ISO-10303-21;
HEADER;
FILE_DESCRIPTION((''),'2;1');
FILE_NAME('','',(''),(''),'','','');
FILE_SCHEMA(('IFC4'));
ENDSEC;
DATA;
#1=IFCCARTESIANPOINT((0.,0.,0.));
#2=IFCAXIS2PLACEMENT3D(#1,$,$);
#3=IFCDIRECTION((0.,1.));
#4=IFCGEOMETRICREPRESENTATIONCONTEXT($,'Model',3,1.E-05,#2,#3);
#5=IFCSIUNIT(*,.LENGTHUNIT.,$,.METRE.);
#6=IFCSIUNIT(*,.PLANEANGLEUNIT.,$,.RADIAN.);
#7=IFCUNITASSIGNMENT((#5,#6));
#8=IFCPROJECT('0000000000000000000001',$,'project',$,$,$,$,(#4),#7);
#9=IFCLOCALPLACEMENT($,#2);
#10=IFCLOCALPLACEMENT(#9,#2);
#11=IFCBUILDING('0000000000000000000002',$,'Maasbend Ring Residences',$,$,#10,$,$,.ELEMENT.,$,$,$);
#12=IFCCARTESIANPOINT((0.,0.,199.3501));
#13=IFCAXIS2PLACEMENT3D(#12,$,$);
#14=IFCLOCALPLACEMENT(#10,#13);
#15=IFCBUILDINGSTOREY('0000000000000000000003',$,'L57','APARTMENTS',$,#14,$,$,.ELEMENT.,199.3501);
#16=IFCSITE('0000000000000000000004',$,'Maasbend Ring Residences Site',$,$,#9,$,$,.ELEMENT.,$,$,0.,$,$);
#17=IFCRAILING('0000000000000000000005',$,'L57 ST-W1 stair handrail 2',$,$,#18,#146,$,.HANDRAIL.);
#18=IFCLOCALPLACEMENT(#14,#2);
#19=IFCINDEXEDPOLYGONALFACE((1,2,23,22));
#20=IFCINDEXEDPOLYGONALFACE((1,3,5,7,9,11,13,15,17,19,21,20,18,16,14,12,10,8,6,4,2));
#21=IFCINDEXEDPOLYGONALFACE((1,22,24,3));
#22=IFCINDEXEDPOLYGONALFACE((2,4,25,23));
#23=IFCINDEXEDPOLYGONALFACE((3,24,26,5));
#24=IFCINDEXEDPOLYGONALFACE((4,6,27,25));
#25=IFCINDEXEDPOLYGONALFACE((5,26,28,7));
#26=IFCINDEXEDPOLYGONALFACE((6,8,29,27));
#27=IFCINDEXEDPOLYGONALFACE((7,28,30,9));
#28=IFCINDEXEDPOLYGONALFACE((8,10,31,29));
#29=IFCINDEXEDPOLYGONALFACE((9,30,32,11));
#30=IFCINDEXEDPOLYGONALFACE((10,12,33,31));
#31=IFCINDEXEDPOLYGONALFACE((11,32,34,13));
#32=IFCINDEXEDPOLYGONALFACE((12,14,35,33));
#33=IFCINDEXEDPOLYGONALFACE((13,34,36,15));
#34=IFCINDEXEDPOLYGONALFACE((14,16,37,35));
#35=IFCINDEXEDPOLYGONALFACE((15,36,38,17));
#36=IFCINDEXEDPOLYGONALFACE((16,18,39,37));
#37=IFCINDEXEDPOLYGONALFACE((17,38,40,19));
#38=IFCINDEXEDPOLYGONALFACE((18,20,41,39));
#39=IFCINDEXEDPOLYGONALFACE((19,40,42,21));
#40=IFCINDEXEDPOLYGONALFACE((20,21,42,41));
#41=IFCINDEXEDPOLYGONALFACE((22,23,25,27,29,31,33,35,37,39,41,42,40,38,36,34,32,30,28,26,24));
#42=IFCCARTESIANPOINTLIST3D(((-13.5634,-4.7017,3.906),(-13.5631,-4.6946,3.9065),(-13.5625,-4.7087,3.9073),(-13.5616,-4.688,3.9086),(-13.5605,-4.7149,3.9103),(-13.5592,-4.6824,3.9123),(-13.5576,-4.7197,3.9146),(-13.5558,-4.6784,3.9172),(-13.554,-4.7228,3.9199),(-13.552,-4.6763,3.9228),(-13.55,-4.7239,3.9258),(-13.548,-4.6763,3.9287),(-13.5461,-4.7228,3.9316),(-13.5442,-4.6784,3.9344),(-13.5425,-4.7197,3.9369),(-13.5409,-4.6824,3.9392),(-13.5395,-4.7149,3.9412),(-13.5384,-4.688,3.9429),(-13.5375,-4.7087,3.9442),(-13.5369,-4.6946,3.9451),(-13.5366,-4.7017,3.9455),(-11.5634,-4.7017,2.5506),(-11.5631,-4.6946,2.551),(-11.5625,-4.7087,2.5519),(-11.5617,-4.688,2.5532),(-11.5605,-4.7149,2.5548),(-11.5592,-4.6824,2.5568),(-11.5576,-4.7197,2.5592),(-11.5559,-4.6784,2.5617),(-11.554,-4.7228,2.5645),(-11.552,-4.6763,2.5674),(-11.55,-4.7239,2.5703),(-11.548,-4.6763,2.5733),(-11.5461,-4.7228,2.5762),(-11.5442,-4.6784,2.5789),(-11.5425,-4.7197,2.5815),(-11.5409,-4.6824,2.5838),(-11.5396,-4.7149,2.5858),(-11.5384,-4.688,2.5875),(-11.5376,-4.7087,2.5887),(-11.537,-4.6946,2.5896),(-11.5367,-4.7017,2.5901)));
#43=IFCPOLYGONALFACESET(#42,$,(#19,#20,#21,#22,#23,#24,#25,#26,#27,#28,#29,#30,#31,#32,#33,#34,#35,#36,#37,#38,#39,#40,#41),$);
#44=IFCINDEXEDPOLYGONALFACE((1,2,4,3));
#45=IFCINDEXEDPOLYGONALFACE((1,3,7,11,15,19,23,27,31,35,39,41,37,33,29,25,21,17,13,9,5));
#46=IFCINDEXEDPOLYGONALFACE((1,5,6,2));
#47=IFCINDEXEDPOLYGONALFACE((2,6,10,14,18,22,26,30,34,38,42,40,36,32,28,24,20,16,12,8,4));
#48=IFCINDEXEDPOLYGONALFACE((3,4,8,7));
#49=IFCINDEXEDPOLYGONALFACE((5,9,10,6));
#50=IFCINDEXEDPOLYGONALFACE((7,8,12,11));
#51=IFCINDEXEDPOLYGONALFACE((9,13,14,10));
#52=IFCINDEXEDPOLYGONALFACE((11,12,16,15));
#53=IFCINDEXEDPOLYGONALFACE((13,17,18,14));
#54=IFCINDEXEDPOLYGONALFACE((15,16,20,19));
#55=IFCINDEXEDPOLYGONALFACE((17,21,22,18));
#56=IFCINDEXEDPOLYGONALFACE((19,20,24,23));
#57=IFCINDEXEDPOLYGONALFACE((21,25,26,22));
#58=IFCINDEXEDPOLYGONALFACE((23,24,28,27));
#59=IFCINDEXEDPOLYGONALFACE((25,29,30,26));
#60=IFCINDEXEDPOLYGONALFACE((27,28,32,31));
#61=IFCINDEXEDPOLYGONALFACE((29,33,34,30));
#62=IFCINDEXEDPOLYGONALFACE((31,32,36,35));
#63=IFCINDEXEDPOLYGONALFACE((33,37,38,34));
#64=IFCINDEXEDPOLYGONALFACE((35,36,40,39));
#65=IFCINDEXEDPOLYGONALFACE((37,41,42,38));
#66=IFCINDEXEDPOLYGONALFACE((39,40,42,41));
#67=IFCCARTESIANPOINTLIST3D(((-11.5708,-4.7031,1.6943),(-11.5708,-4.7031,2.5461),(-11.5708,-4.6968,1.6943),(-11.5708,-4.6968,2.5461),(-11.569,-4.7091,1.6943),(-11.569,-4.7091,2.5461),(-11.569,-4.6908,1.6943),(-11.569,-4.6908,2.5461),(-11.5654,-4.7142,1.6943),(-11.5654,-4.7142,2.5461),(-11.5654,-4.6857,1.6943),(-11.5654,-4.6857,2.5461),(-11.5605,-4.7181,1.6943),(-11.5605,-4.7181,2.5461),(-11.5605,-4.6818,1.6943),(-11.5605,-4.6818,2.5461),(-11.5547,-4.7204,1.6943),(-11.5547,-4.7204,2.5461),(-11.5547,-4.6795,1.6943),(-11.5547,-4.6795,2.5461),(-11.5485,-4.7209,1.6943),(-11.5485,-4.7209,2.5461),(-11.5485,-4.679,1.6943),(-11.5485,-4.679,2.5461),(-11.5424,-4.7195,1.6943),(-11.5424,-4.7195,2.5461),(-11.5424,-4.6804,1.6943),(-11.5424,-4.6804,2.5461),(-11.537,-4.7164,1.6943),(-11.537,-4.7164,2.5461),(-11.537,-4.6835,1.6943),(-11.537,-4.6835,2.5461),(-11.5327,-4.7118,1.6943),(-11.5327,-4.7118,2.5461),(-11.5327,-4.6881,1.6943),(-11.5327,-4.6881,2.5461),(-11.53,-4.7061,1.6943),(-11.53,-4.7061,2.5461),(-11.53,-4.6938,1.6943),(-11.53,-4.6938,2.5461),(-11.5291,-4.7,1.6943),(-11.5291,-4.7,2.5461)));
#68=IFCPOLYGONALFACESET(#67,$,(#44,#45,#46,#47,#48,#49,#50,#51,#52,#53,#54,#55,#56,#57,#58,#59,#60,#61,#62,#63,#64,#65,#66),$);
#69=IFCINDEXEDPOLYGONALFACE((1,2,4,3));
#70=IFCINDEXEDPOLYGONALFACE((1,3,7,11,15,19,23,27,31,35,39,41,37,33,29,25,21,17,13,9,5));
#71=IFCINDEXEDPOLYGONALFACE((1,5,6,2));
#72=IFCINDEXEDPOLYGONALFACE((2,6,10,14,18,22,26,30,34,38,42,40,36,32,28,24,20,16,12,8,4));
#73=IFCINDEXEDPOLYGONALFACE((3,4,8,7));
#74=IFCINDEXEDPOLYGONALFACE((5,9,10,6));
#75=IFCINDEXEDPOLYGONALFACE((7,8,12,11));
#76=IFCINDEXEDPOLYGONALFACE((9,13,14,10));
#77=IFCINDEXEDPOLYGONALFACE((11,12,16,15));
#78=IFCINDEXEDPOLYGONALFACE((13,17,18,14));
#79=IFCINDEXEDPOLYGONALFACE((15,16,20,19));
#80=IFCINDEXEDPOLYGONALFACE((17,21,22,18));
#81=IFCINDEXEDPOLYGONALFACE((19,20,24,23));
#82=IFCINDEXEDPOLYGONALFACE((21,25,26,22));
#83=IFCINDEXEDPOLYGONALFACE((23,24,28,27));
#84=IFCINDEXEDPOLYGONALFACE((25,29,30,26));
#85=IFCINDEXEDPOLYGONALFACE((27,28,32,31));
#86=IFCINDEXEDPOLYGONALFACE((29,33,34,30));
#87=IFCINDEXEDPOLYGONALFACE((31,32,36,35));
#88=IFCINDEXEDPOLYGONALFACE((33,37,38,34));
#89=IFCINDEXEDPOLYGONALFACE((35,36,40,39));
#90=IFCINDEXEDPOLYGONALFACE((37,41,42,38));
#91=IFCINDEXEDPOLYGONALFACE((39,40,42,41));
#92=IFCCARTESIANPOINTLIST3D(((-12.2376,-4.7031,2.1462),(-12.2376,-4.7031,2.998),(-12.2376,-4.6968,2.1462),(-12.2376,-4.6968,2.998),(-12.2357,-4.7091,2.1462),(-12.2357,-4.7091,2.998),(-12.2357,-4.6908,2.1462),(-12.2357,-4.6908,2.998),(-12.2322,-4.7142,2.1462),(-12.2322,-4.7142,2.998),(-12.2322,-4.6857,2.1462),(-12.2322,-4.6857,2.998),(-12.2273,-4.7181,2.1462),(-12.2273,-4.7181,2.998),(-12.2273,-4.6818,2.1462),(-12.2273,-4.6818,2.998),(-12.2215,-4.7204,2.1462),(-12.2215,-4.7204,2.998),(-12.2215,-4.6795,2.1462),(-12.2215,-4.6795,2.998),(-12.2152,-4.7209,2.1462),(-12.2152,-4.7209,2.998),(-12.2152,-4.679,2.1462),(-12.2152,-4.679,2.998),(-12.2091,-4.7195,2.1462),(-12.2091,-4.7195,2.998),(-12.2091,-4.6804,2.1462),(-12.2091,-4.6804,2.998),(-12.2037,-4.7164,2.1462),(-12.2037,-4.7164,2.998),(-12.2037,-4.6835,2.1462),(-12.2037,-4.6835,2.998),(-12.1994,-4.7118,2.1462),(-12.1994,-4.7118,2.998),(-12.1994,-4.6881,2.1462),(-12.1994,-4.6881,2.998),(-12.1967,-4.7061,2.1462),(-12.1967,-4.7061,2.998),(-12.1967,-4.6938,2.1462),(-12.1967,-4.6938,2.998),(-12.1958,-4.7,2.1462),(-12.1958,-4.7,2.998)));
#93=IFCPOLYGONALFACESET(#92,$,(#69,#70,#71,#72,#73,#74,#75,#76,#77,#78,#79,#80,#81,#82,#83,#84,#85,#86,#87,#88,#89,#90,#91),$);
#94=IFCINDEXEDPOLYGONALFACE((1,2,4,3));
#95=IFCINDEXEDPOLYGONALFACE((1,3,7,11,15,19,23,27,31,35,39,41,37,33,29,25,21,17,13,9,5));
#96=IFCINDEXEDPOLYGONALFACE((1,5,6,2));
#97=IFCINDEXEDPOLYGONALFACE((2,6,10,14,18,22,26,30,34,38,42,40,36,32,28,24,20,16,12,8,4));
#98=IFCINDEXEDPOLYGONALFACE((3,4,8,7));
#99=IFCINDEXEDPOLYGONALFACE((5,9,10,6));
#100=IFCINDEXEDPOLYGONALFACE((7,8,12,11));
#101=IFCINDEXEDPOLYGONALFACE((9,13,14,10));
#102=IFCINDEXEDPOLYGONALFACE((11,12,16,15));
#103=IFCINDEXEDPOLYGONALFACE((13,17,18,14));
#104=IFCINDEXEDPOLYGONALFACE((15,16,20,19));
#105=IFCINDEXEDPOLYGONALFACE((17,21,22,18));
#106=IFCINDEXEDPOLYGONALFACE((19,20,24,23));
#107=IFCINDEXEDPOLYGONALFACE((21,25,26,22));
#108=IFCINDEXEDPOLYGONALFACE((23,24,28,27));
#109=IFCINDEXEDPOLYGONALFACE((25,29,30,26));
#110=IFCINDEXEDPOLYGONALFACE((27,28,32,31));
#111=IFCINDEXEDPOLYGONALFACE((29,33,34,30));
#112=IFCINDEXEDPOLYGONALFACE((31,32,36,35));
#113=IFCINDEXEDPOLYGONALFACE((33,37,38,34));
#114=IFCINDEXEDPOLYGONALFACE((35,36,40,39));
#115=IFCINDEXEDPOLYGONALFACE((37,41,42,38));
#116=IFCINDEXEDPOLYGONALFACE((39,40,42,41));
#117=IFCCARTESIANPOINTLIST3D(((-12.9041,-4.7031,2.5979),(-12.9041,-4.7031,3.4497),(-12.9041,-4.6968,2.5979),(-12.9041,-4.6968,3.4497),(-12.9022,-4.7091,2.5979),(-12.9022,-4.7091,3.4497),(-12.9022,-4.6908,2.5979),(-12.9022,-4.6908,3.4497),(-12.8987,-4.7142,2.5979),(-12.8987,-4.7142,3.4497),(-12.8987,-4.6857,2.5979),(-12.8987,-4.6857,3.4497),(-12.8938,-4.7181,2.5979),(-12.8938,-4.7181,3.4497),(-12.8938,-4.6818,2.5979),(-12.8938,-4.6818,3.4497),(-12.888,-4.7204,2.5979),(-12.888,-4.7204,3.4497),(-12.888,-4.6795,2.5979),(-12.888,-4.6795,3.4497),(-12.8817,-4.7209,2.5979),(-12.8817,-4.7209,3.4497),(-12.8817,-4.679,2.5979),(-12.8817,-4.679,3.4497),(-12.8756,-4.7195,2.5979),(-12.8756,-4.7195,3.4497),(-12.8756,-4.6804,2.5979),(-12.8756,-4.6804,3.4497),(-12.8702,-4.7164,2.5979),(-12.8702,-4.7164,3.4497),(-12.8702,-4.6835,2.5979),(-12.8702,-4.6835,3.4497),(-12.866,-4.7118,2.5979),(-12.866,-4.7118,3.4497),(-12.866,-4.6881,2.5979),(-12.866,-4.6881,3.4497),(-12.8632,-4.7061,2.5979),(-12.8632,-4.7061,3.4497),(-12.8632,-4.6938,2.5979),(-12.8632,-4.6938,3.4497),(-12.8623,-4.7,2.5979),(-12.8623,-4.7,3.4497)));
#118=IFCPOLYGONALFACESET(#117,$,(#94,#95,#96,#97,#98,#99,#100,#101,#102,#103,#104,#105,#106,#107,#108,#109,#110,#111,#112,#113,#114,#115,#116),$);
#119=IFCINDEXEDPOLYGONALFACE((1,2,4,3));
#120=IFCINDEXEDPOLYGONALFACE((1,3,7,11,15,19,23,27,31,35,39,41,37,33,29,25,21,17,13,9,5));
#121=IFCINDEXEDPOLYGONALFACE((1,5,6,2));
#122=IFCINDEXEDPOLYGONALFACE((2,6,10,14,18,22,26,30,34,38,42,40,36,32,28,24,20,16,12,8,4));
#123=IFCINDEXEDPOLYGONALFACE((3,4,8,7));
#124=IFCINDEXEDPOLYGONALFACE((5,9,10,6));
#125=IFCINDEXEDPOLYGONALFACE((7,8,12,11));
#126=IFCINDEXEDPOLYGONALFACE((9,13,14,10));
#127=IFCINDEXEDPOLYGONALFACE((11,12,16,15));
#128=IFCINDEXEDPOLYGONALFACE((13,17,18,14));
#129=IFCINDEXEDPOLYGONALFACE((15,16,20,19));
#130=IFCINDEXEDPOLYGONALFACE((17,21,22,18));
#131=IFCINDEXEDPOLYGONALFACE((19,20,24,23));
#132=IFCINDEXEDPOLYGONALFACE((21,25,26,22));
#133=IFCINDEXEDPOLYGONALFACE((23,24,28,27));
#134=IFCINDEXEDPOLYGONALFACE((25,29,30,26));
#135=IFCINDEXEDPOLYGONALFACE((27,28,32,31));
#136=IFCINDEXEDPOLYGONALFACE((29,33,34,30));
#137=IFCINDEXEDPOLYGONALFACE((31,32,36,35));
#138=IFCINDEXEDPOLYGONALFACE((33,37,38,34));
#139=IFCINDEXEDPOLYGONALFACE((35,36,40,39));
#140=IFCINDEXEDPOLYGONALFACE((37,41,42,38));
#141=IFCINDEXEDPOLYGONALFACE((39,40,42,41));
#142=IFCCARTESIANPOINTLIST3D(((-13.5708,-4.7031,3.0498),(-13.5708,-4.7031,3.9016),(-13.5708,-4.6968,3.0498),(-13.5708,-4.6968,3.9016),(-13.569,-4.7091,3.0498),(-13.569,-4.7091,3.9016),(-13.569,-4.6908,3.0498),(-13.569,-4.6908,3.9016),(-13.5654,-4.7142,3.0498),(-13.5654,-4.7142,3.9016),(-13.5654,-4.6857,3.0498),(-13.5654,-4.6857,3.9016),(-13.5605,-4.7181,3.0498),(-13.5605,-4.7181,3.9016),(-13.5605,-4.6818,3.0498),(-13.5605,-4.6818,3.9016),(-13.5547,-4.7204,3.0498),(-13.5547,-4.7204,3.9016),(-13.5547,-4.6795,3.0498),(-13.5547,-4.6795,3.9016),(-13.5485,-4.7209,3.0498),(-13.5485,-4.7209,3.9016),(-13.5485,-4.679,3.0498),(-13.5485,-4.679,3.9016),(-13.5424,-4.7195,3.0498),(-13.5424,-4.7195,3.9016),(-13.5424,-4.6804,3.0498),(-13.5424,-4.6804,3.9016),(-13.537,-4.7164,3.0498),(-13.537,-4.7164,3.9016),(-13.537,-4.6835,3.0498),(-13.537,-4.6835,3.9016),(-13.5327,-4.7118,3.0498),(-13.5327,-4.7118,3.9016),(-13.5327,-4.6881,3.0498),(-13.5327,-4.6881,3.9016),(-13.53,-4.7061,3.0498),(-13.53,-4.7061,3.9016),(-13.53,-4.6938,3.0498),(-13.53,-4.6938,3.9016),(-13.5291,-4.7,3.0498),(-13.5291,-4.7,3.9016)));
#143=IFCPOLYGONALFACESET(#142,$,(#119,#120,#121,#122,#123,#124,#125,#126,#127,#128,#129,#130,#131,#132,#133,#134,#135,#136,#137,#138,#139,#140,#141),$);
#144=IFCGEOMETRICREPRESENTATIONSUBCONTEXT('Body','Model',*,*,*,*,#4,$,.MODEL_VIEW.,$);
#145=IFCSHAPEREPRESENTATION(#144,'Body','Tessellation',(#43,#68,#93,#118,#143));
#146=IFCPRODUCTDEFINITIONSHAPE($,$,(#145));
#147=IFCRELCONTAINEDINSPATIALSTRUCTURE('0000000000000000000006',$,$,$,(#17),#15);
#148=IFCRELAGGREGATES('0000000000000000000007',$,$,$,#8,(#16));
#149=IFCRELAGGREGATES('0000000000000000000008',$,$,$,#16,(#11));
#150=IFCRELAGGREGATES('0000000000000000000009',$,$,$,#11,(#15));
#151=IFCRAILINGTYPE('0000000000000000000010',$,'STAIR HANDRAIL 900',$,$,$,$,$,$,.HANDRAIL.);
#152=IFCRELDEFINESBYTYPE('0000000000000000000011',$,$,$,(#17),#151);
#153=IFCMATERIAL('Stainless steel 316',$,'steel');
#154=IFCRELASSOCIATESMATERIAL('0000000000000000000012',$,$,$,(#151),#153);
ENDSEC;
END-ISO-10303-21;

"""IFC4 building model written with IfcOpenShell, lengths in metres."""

from ifc_helpers import new_model, si_unit, direction, frame, origin, origin_2d, place, context, subcontext, project, spatial, circle, extrude, material, type_object, element, save


model = new_model("IFC4")

# Units and contexts
model_context = context("Model", 3, precision=1e-05, world=origin(), true_north=direction((0.0, 1.0)))
body_context = subcontext(model_context, "Body", "Model", "MODEL_VIEW")
ifc_project = project(units=[si_unit("LENGTHUNIT", "METRE"), si_unit("PLANEANGLEUNIT", "RADIAN")], contexts=[model_context])

# Site, building, storey
site_placement = place(None, origin())
site = spatial("IfcSite", under=ifc_project, at=site_placement, Name="Maasbend Ring Residences Site", CompositionType="ELEMENT", RefElevation=0.0)
building_placement = place(site_placement, origin())
building = spatial("IfcBuilding", under=site, at=building_placement, Name="Maasbend Ring Residences", CompositionType="ELEMENT")
storey_placement = place(building_placement, frame((0.0, 0.0, 199.3501)))
storey = spatial("IfcBuildingStorey", under=building, at=storey_placement, Name="L57", Description="APARTMENTS", CompositionType="ELEMENT", Elevation=199.3501)

# Railing
ifc_material_1 = material(Name="Stainless steel 316", Category="steel")
railing_type_1 = type_object("IfcRailingType", Name="STAIR HANDRAIL 900", PredefinedType="HANDRAIL", material=ifc_material_1)
railing_1_placement = place(storey_placement, frame((-11.55, -4.7, 1.6943)))
element("IfcRailing", 1, at=railing_1_placement, inside=storey, type_object=railing_type_1, Name="L57 ST-W1 stair handrail 2", PredefinedType="HANDRAIL", context=body_context, shape_type="SweptSolid", body=[
    extrude(circle(Radius=0.0239, at=origin_2d()), frame((0.0, 0.0, 0.876), z_axis=(-0.827798, 0.0, 0.561027), x_axis=(0.0, -1.0, 0.0)), (0.0, 0.0, 1.0), 2.416),
    extrude(circle(Radius=0.021, at=origin_2d()), origin(), (0.0, 0.0, 1.0), 0.8518),
    extrude(circle(Radius=0.021, at=origin_2d()), frame((-0.6667, 0.0, 0.4519)), (0.0, 0.0, 1.0), 0.8518),
    extrude(circle(Radius=0.021, at=origin_2d()), frame((-1.3333, 0.0, 0.9036)), (0.0, 0.0, 1.0), 0.8518),
    extrude(circle(Radius=0.021, at=origin_2d()), frame((-2.0, 0.0, 1.3555)), (0.0, 0.0, 1.0), 0.8518),
])

save(model, "model.ifc")
